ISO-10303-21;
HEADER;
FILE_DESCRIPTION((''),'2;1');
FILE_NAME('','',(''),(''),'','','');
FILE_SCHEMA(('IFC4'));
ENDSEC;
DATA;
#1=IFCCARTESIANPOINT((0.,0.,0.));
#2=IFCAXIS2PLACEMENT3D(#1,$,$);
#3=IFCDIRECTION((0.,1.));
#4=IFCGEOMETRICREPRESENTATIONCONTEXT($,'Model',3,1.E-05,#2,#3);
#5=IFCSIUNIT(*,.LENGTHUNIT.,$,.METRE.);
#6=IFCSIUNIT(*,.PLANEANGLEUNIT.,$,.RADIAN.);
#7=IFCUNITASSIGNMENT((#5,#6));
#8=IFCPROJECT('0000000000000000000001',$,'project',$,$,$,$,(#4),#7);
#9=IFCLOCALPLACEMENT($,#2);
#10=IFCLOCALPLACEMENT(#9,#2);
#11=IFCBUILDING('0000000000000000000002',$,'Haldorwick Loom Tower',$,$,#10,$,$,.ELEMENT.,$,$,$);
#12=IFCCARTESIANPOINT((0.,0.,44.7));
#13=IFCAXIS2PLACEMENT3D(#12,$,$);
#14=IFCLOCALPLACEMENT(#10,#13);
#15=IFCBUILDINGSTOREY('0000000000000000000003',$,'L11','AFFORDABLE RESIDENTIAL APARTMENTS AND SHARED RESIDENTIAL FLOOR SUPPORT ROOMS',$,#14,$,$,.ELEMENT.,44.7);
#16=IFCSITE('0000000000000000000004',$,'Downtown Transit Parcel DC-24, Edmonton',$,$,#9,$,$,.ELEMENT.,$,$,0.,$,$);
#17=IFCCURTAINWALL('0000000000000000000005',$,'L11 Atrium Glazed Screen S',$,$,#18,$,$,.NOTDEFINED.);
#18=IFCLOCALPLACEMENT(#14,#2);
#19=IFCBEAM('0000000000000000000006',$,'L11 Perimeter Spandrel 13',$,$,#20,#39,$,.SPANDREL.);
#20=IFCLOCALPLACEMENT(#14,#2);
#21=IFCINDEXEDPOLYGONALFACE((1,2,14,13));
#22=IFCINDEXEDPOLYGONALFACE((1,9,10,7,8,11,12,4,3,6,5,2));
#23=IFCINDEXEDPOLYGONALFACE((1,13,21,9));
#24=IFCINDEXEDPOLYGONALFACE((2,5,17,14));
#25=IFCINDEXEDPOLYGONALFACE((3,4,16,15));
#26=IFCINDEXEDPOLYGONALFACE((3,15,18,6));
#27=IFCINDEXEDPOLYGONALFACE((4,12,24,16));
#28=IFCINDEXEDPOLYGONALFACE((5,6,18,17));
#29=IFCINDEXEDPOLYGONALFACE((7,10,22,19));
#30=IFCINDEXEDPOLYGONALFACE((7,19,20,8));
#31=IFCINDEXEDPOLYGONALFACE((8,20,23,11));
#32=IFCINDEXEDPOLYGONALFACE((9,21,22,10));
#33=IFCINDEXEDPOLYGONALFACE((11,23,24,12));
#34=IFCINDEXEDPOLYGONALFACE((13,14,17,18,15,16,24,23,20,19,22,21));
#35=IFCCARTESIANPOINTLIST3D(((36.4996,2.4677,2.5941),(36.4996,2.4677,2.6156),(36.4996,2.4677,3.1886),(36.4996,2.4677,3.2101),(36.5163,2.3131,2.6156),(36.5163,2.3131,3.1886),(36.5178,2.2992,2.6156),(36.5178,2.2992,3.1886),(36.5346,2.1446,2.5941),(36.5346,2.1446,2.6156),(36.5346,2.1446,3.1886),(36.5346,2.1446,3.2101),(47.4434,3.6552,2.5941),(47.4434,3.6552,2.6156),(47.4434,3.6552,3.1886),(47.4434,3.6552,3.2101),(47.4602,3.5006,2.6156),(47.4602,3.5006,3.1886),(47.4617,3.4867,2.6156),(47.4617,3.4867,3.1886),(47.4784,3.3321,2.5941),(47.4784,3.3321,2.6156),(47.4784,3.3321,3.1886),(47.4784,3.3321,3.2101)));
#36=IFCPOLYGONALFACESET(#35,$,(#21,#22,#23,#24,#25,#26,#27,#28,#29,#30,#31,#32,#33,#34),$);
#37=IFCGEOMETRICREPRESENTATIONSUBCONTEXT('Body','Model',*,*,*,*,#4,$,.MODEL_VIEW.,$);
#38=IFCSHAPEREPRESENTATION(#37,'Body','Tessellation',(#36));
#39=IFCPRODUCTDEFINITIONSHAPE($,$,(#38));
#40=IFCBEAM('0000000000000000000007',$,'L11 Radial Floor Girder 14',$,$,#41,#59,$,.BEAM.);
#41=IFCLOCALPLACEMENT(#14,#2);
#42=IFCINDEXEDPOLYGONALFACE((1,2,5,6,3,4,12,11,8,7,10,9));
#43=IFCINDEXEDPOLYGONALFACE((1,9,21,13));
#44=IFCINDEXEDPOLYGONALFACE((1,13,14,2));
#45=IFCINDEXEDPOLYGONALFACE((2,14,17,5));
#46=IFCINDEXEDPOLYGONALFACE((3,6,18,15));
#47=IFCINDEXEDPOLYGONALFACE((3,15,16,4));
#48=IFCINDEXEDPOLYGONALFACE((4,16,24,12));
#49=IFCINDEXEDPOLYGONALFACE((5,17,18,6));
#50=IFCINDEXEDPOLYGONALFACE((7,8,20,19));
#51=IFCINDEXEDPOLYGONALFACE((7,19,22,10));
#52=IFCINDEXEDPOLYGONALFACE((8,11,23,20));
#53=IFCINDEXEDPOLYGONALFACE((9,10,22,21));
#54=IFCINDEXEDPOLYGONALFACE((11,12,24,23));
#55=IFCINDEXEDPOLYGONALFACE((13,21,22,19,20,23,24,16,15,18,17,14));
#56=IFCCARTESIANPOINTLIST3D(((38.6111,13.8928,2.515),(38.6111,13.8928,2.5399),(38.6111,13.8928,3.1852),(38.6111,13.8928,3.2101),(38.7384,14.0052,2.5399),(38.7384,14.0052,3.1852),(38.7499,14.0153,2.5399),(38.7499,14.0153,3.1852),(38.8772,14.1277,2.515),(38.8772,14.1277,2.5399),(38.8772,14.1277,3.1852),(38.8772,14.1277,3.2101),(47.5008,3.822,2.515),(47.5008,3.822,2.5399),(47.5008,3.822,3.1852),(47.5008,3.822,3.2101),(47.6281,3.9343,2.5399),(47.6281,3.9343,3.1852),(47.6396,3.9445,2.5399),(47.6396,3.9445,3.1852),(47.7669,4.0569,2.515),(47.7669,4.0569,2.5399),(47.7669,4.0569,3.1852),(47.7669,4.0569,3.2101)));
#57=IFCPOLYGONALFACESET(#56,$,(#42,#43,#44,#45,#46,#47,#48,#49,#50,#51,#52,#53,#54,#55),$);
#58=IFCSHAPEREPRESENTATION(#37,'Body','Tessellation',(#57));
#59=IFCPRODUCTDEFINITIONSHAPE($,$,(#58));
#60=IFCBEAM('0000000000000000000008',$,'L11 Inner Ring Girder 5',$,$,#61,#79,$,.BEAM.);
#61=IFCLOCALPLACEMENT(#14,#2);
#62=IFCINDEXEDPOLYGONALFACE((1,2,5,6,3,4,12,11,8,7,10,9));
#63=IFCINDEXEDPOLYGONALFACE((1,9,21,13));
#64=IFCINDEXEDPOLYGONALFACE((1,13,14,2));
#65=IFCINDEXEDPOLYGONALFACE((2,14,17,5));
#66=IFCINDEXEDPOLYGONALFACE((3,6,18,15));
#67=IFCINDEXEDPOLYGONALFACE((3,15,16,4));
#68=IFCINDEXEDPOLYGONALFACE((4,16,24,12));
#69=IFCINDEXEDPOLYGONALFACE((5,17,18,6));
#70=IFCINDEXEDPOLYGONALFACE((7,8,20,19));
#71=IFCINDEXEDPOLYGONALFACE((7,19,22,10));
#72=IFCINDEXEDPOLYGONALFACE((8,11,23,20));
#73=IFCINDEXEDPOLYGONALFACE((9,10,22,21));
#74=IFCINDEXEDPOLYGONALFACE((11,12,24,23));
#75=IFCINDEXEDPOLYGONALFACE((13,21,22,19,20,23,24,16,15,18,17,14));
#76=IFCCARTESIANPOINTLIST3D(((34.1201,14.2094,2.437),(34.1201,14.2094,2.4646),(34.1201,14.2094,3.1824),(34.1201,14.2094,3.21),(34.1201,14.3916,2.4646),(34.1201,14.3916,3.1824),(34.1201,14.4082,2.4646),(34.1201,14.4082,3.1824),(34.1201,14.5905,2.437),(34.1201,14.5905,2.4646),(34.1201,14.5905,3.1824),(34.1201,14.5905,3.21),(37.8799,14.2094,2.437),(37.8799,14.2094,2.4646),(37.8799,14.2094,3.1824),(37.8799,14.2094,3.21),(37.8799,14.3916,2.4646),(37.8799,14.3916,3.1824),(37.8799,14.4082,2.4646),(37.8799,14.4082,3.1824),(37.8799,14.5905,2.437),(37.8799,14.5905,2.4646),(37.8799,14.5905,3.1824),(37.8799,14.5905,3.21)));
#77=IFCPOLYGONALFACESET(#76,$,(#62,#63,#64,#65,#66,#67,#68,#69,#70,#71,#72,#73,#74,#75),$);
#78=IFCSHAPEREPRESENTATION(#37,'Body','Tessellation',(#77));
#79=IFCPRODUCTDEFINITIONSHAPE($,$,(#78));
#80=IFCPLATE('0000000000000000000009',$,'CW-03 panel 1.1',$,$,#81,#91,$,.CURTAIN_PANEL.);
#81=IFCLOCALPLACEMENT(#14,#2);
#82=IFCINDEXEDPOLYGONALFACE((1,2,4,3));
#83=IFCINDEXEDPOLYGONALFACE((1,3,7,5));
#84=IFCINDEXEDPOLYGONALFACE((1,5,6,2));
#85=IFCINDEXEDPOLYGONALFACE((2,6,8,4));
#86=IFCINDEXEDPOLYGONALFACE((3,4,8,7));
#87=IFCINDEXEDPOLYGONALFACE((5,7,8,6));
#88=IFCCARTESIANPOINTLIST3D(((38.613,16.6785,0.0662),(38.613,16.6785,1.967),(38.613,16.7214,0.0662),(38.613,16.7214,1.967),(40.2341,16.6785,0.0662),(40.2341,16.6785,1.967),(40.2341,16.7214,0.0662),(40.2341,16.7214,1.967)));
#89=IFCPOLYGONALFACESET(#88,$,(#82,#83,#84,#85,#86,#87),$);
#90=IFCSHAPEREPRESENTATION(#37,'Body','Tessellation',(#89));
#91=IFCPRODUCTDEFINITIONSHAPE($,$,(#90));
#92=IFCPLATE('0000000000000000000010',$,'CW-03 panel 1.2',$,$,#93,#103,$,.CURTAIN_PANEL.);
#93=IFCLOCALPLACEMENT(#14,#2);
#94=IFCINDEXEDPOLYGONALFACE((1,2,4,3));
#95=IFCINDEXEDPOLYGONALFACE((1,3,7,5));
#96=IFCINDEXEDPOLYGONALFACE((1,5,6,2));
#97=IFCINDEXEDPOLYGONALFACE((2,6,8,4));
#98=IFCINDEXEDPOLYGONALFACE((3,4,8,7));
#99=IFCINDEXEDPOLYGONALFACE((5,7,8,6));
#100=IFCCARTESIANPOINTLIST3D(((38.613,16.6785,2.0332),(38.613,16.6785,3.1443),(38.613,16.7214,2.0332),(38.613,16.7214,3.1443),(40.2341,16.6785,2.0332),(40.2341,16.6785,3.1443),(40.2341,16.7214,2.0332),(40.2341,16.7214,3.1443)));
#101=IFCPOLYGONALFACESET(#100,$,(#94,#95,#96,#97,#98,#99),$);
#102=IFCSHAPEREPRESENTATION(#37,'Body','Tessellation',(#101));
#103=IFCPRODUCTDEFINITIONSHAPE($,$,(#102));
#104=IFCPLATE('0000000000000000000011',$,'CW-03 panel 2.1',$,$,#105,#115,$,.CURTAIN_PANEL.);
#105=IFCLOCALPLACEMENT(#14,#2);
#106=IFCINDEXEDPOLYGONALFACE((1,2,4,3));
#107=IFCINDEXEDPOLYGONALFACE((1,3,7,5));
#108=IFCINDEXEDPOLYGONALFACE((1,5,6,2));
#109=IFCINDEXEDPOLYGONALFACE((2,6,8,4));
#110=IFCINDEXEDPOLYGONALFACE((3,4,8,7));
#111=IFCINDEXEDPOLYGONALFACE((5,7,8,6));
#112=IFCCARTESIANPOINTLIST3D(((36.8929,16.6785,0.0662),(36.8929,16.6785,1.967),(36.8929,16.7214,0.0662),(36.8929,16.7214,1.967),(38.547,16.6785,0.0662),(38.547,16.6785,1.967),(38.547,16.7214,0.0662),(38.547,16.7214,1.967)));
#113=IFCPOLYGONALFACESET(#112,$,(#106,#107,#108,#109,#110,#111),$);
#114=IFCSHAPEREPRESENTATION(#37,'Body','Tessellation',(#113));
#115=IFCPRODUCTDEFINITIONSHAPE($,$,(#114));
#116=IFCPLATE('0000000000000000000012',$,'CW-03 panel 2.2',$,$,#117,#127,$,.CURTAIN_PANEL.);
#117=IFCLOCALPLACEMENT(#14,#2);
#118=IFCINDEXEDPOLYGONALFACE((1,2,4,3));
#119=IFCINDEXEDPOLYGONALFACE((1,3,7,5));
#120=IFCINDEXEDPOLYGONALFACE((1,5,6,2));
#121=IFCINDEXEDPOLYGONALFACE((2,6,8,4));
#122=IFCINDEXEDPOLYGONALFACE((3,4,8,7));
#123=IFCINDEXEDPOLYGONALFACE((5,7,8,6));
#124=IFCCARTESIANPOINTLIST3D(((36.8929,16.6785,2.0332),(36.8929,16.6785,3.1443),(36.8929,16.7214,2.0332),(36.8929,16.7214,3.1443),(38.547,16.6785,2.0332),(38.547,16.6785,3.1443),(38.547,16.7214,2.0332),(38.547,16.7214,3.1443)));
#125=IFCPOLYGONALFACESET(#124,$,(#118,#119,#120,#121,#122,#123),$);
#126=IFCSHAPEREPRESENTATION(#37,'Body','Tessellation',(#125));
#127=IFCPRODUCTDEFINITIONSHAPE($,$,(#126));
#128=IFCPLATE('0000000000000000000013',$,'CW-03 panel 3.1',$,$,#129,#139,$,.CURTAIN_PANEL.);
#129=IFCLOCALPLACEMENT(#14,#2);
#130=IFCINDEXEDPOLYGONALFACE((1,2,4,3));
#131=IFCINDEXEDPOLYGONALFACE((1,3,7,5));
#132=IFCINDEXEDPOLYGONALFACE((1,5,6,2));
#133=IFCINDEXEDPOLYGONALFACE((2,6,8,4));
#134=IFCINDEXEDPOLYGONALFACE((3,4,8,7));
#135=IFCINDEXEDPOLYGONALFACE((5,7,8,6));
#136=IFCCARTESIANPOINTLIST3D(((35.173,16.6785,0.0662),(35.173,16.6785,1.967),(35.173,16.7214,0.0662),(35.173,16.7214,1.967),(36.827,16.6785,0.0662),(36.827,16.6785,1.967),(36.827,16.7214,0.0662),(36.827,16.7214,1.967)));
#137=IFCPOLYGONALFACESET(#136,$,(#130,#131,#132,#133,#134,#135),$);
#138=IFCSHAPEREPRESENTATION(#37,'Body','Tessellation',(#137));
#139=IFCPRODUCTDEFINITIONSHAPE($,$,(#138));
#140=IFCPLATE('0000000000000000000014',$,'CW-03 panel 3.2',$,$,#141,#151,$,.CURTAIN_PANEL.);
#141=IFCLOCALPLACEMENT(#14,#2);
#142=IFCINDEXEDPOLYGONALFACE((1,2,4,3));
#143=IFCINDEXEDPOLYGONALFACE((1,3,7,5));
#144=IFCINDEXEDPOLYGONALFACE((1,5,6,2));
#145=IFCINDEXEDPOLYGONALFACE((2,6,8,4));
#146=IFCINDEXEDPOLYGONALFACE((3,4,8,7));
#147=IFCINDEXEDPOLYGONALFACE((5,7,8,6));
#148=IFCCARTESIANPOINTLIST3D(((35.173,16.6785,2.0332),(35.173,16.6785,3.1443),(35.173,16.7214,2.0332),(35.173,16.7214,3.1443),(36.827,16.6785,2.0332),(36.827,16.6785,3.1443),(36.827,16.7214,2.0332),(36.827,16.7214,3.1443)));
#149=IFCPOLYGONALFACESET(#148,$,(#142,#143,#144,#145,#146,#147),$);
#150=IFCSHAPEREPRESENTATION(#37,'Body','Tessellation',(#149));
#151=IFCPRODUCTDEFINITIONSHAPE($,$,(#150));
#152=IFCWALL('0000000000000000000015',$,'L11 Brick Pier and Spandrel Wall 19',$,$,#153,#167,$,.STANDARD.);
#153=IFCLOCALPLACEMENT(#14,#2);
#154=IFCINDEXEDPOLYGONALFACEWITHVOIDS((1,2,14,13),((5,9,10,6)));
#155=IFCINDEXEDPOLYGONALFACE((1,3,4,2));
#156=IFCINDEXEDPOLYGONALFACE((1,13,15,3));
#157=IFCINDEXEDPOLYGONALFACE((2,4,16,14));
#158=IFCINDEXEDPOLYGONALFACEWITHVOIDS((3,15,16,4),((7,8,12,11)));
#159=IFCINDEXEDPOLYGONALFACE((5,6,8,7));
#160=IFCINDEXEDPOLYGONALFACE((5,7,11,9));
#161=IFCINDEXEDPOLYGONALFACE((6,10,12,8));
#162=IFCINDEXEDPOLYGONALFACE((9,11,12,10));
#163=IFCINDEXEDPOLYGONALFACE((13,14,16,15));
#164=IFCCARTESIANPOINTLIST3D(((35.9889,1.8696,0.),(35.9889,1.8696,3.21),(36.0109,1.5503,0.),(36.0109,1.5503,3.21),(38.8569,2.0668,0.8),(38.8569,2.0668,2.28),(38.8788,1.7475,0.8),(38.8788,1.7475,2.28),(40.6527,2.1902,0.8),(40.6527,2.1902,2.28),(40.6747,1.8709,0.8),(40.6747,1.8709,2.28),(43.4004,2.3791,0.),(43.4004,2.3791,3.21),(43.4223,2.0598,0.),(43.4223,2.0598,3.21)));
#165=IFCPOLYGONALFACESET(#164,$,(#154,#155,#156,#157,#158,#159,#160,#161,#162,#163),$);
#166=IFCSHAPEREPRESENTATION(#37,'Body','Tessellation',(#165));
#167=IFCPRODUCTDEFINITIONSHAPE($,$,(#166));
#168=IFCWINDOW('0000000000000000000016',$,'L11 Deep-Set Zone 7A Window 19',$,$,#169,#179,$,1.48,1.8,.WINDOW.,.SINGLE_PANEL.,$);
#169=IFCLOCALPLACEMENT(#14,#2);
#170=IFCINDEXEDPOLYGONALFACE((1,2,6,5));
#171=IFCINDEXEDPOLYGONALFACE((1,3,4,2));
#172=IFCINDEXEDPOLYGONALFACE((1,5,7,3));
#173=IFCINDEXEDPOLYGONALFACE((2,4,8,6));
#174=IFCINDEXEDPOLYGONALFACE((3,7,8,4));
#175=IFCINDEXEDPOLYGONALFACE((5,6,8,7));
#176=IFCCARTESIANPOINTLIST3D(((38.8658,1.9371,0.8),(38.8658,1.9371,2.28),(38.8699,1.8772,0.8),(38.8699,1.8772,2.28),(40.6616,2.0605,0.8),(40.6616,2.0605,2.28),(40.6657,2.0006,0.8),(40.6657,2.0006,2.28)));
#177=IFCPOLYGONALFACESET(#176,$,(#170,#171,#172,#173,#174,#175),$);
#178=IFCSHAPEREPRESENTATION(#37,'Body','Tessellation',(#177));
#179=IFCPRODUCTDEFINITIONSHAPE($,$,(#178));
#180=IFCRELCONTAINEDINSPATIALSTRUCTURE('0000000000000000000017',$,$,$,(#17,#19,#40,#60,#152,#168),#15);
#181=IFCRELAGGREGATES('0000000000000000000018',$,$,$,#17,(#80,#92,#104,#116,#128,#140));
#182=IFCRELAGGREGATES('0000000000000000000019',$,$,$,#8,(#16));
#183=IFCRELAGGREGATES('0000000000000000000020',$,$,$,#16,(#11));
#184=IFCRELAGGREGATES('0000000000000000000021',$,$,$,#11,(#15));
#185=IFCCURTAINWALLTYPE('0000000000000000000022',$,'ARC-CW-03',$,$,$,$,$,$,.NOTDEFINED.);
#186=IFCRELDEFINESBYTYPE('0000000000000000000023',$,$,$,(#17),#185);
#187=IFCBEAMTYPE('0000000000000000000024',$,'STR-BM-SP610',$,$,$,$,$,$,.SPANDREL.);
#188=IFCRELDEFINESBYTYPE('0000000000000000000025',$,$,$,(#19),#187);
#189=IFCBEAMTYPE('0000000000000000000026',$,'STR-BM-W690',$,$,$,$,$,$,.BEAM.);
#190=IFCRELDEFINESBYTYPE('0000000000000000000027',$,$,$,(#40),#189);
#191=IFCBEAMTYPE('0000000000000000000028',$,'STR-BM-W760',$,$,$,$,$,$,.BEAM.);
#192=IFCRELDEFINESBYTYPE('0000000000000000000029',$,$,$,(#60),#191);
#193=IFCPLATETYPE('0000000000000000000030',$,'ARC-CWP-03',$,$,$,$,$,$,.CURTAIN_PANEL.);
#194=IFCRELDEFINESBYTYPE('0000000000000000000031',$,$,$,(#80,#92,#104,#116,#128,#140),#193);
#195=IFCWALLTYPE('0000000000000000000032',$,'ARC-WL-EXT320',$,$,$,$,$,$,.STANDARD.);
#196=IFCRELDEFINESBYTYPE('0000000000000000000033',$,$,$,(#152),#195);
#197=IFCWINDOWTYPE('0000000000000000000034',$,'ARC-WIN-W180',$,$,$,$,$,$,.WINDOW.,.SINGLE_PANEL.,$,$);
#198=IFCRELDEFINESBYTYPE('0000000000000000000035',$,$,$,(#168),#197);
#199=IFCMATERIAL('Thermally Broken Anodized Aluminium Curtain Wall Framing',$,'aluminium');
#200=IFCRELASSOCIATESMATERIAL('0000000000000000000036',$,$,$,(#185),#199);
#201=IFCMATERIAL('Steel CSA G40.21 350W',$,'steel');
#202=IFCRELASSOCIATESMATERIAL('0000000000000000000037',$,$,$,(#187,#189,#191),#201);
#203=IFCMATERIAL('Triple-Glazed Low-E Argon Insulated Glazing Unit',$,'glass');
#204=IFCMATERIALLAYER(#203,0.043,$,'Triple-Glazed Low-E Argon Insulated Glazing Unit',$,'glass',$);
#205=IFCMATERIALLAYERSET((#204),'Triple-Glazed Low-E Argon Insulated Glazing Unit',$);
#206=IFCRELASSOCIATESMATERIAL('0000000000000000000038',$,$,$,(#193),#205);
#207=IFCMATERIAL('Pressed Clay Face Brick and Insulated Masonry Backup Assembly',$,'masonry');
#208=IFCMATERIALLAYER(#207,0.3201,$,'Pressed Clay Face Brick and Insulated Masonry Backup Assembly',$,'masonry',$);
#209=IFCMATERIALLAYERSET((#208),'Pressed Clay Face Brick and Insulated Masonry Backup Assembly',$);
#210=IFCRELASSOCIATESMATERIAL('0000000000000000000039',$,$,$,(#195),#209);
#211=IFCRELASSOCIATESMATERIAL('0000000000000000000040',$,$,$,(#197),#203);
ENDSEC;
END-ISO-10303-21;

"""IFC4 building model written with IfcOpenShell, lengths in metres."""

from ifc_helpers import new_model, si_unit, direction, frame, frame_2d, origin, origin_2d, place, context, subcontext, project, spatial, rectangle, i_section, extrude, material, layer, layer_set, material_profile, profile_set, type_object, element, fill, aggregate, save


model = new_model("IFC4")

# Units and contexts
model_context = context("Model", 3, precision=1e-05, world=origin(), true_north=direction((0.0, 1.0)))
body_context = subcontext(model_context, "Body", "Model", "MODEL_VIEW")
ifc_project = project(units=[si_unit("LENGTHUNIT", "METRE"), si_unit("PLANEANGLEUNIT", "RADIAN")], contexts=[model_context])

# Site, building, storey
site_placement = place(None, origin())
site = spatial("IfcSite", under=ifc_project, at=site_placement, Name="Downtown Transit Parcel DC-24, Edmonton", CompositionType="ELEMENT", RefElevation=0.0)
building_placement = place(site_placement, origin())
building = spatial("IfcBuilding", under=site, at=building_placement, Name="Haldorwick Loom Tower", CompositionType="ELEMENT")
storey_placement = place(building_placement, frame((0.0, 0.0, 44.7)))
storey = spatial("IfcBuildingStorey", under=building, at=storey_placement, Name="L11", Description="AFFORDABLE RESIDENTIAL APARTMENTS AND SHARED RESIDENTIAL FLOOR SUPPORT ROOMS", CompositionType="ELEMENT", Elevation=44.7)

# Curtain wall
ifc_material_1 = material(Name="Thermally Broken Anodized Aluminium Curtain Wall Framing", Category="aluminium")
curtain_wall_type = type_object("IfcCurtainWallType", Name="ARC-CW-03", PredefinedType="NOTDEFINED", material=ifc_material_1)
curtain_wall_placement = place(storey_placement, origin())
curtain_wall = element("IfcCurtainWall", 1, at=curtain_wall_placement, inside=storey, type_object=curtain_wall_type, Name="L11 Atrium Glazed Screen S", PredefinedType="NOTDEFINED")

# Beams
ifc_material_2 = material(Name="Steel CSA G40.21 350W", Category="steel")
ifc_material_profile_1 = material_profile(ifc_material_2, i_section(OverallWidth=0.325, OverallDepth=0.616, WebThickness=0.0139, FlangeThickness=0.0215, at=origin_2d()), Name="W610X174", Category="steel")
ifc_profile_set_1 = profile_set([ifc_material_profile_1], Name="Steel CSA G40.21 350W")
beam_type_1 = type_object("IfcBeamType", Name="STR-BM-SP610", PredefinedType="SPANDREL", material=ifc_profile_set_1)
beam_1_placement = place(storey_placement, frame((36.5171, 2.3062, 2.9021), z_axis=(0.994164, 0.107875, 0.0), x_axis=(-0.107875, 0.994164, 0.0)))
element("IfcBeam", 2, at=beam_1_placement, inside=storey, type_object=beam_type_1, Name="L11 Perimeter Spandrel 13", PredefinedType="SPANDREL", context=body_context, shape_type="SweptSolid", body=[
    extrude(i_section(OverallWidth=0.325, OverallDepth=0.616, WebThickness=0.0139, FlangeThickness=0.0215, at=origin_2d()), origin(), (0.0, 0.0, 1.0), 11.0081),
])
ifc_material_profile_2 = material_profile(ifc_material_2, i_section(OverallWidth=0.355, OverallDepth=0.6951, WebThickness=0.0154, FlangeThickness=0.0249, at=origin_2d()), Name="W690X217", Category="steel")
ifc_profile_set_2 = profile_set([ifc_material_profile_2], Name="Steel CSA G40.21 350W")
beam_type_2 = type_object("IfcBeamType", Name="STR-BM-W690", PredefinedType="BEAM", material=ifc_profile_set_2)
beam_2_placement = place(storey_placement, frame((38.7441, 14.0103, 2.8625), z_axis=(0.661774, -0.749703, 0.0), x_axis=(0.749703, 0.661774, 0.0)))
element("IfcBeam", 3, at=beam_2_placement, inside=storey, type_object=beam_type_2, Name="L11 Radial Floor Girder 14", PredefinedType="BEAM", context=body_context, shape_type="SweptSolid", body=[
    extrude(i_section(OverallWidth=0.355, OverallDepth=0.6951, WebThickness=0.0154, FlangeThickness=0.0249, at=origin_2d()), origin(), (0.0, 0.0, 1.0), 13.4331),
])
ifc_material_profile_3 = material_profile(ifc_material_2, i_section(OverallWidth=0.3811, OverallDepth=0.7729, WebThickness=0.0166, FlangeThickness=0.0276, at=origin_2d()), Name="W760X257", Category="steel")
ifc_profile_set_3 = profile_set([ifc_material_profile_3], Name="Steel CSA G40.21 350W")
beam_type_3 = type_object("IfcBeamType", Name="STR-BM-W760", PredefinedType="BEAM", material=ifc_profile_set_3)
beam_3_placement = place(storey_placement, frame((37.8799, 14.3999, 2.8235), z_axis=(-1.0, 0.0, 0.0), x_axis=(0.0, -1.0, 0.0)))
element("IfcBeam", 4, at=beam_3_placement, inside=storey, type_object=beam_type_3, Name="L11 Inner Ring Girder 5", PredefinedType="BEAM", context=body_context, shape_type="SweptSolid", body=[
    extrude(i_section(OverallWidth=0.3811, OverallDepth=0.7729, WebThickness=0.0166, FlangeThickness=0.0276, at=origin_2d()), origin(), (0.0, 0.0, 1.0), 3.7598),
])

# Plates
ifc_material_3 = material(Name="Triple-Glazed Low-E Argon Insulated Glazing Unit", Category="glass")
ifc_layer_1 = layer(ifc_material_3, 0.043, Name="Triple-Glazed Low-E Argon Insulated Glazing Unit", Category="glass")
ifc_layer_set_1 = layer_set([ifc_layer_1], Name="Triple-Glazed Low-E Argon Insulated Glazing Unit")
plate_type = type_object("IfcPlateType", Name="ARC-CWP-03", PredefinedType="CURTAIN_PANEL", material=ifc_layer_set_1)
plate_1_placement = place(storey_placement, frame((39.4236, 16.7, 0.0662), z_axis=(0.0, 0.0, 1.0), x_axis=(-1.0, 0.0, 0.0)))
plate_1 = element("IfcPlate", 5, at=plate_1_placement, type_object=plate_type, Name="CW-03 panel 1.1", PredefinedType="CURTAIN_PANEL", context=body_context, shape_type="SweptSolid", body=[
    extrude(rectangle(XDim=1.6211, YDim=0.043, at=origin_2d()), origin(), (0.0, 0.0, 1.0), 1.9009),
])
plate_2_placement = place(storey_placement, frame((39.4236, 16.7, 2.0332), z_axis=(0.0, 0.0, 1.0), x_axis=(-1.0, 0.0, 0.0)))
plate_2 = element("IfcPlate", 6, at=plate_2_placement, type_object=plate_type, Name="CW-03 panel 1.2", PredefinedType="CURTAIN_PANEL", context=body_context, shape_type="SweptSolid", body=[
    extrude(rectangle(XDim=1.6211, YDim=0.043, at=origin_2d()), origin(), (0.0, 0.0, 1.0), 1.1111),
])
plate_3_placement = place(storey_placement, frame((37.72, 16.7, 0.0662), z_axis=(0.0, 0.0, 1.0), x_axis=(-1.0, 0.0, 0.0)))
plate_3 = element("IfcPlate", 7, at=plate_3_placement, type_object=plate_type, Name="CW-03 panel 2.1", PredefinedType="CURTAIN_PANEL", context=body_context, shape_type="SweptSolid", body=[
    extrude(rectangle(XDim=1.6541, YDim=0.043, at=origin_2d()), origin(), (0.0, 0.0, 1.0), 1.9009),
])
plate_4_placement = place(storey_placement, frame((37.72, 16.7, 2.0332), z_axis=(0.0, 0.0, 1.0), x_axis=(-1.0, 0.0, 0.0)))
plate_4 = element("IfcPlate", 8, at=plate_4_placement, type_object=plate_type, Name="CW-03 panel 2.2", PredefinedType="CURTAIN_PANEL", context=body_context, shape_type="SweptSolid", body=[
    extrude(rectangle(XDim=1.6541, YDim=0.043, at=origin_2d()), origin(), (0.0, 0.0, 1.0), 1.1111),
])
plate_5_placement = place(storey_placement, frame((36.0, 16.7, 0.0662), z_axis=(0.0, 0.0, 1.0), x_axis=(-1.0, 0.0, 0.0)))
plate_5 = element("IfcPlate", 9, at=plate_5_placement, type_object=plate_type, Name="CW-03 panel 3.1", PredefinedType="CURTAIN_PANEL", context=body_context, shape_type="SweptSolid", body=[
    extrude(rectangle(XDim=1.6541, YDim=0.043, at=origin_2d()), origin(), (0.0, 0.0, 1.0), 1.9009),
])
plate_6_placement = place(storey_placement, frame((36.0, 16.7, 2.0332), z_axis=(0.0, 0.0, 1.0), x_axis=(-1.0, 0.0, 0.0)))
plate_6 = element("IfcPlate", 10, at=plate_6_placement, type_object=plate_type, Name="CW-03 panel 3.2", PredefinedType="CURTAIN_PANEL", context=body_context, shape_type="SweptSolid", body=[
    extrude(rectangle(XDim=1.6541, YDim=0.043, at=origin_2d()), origin(), (0.0, 0.0, 1.0), 1.1111),
])
aggregate(curtain_wall, [plate_1, plate_2, plate_3, plate_4, plate_5, plate_6])

# Wall, opening, window
ifc_material_4 = material(Name="Pressed Clay Face Brick and Insulated Masonry Backup Assembly", Category="masonry")
ifc_layer_2 = layer(ifc_material_4, 0.3201, Name="Pressed Clay Face Brick and Insulated Masonry Backup Assembly", Category="masonry")
ifc_layer_set_2 = layer_set([ifc_layer_2], Name="Pressed Clay Face Brick and Insulated Masonry Backup Assembly")
wall_type_1 = type_object("IfcWallType", Name="ARC-WL-EXT320", PredefinedType="STANDARD", material=ifc_layer_set_2)
wall_1_placement = place(storey_placement, frame((36.0, 1.71, 0.0), z_axis=(0.0, 0.0, 1.0), x_axis=(0.997645, 0.068587, 0.0)))
wall_1 = element("IfcWall", 11, at=wall_1_placement, inside=storey, type_object=wall_type_1, Name="L11 Brick Pier and Spandrel Wall 19", PredefinedType="STANDARD", context=body_context, shape_type="SweptSolid", body=[
    extrude(rectangle(XDim=7.429, YDim=0.3201, at=frame_2d((3.7144, 0.0))), origin(), (0.0, 0.0, 1.0), 3.21),
])
opening_placement = place(wall_1_placement, frame((2.8748, 0.0, 0.8)))
opening = element("IfcOpeningElement", 12, at=opening_placement, cuts=wall_1, PredefinedType="OPENING", context=body_context, shape_type="SweptSolid", body=[
    extrude(rectangle(XDim=1.8, YDim=1.48, at=frame_2d((0.8999, 0.74))), frame((0.0, 0.1699, 0.0), z_axis=(0.0, -1.0, 0.0), x_axis=(1.0, 0.0, 0.0)), (0.0, 0.0, 1.0), 0.3401),
])
window_type = type_object("IfcWindowType", Name="ARC-WIN-W180", PartitioningType="SINGLE_PANEL", PredefinedType="WINDOW", material=ifc_material_3)
window_placement = place(opening_placement, origin())
window = element("IfcWindow", 13, at=window_placement, inside=storey, type_object=window_type, Name="L11 Deep-Set Zone 7A Window 19", OverallHeight=1.48, OverallWidth=1.8, PartitioningType="SINGLE_PANEL", PredefinedType="WINDOW", context=body_context, shape_type="SweptSolid", body=[
    extrude(rectangle(XDim=1.8, YDim=1.48, at=frame_2d((0.8999, 0.74))), frame((0.0, 0.03, 0.0), z_axis=(0.0, -1.0, 0.0), x_axis=(1.0, 0.0, 0.0)), (0.0, 0.0, 1.0), 0.0601),
])
fill(opening, window)

save(model, "model.ifc")
